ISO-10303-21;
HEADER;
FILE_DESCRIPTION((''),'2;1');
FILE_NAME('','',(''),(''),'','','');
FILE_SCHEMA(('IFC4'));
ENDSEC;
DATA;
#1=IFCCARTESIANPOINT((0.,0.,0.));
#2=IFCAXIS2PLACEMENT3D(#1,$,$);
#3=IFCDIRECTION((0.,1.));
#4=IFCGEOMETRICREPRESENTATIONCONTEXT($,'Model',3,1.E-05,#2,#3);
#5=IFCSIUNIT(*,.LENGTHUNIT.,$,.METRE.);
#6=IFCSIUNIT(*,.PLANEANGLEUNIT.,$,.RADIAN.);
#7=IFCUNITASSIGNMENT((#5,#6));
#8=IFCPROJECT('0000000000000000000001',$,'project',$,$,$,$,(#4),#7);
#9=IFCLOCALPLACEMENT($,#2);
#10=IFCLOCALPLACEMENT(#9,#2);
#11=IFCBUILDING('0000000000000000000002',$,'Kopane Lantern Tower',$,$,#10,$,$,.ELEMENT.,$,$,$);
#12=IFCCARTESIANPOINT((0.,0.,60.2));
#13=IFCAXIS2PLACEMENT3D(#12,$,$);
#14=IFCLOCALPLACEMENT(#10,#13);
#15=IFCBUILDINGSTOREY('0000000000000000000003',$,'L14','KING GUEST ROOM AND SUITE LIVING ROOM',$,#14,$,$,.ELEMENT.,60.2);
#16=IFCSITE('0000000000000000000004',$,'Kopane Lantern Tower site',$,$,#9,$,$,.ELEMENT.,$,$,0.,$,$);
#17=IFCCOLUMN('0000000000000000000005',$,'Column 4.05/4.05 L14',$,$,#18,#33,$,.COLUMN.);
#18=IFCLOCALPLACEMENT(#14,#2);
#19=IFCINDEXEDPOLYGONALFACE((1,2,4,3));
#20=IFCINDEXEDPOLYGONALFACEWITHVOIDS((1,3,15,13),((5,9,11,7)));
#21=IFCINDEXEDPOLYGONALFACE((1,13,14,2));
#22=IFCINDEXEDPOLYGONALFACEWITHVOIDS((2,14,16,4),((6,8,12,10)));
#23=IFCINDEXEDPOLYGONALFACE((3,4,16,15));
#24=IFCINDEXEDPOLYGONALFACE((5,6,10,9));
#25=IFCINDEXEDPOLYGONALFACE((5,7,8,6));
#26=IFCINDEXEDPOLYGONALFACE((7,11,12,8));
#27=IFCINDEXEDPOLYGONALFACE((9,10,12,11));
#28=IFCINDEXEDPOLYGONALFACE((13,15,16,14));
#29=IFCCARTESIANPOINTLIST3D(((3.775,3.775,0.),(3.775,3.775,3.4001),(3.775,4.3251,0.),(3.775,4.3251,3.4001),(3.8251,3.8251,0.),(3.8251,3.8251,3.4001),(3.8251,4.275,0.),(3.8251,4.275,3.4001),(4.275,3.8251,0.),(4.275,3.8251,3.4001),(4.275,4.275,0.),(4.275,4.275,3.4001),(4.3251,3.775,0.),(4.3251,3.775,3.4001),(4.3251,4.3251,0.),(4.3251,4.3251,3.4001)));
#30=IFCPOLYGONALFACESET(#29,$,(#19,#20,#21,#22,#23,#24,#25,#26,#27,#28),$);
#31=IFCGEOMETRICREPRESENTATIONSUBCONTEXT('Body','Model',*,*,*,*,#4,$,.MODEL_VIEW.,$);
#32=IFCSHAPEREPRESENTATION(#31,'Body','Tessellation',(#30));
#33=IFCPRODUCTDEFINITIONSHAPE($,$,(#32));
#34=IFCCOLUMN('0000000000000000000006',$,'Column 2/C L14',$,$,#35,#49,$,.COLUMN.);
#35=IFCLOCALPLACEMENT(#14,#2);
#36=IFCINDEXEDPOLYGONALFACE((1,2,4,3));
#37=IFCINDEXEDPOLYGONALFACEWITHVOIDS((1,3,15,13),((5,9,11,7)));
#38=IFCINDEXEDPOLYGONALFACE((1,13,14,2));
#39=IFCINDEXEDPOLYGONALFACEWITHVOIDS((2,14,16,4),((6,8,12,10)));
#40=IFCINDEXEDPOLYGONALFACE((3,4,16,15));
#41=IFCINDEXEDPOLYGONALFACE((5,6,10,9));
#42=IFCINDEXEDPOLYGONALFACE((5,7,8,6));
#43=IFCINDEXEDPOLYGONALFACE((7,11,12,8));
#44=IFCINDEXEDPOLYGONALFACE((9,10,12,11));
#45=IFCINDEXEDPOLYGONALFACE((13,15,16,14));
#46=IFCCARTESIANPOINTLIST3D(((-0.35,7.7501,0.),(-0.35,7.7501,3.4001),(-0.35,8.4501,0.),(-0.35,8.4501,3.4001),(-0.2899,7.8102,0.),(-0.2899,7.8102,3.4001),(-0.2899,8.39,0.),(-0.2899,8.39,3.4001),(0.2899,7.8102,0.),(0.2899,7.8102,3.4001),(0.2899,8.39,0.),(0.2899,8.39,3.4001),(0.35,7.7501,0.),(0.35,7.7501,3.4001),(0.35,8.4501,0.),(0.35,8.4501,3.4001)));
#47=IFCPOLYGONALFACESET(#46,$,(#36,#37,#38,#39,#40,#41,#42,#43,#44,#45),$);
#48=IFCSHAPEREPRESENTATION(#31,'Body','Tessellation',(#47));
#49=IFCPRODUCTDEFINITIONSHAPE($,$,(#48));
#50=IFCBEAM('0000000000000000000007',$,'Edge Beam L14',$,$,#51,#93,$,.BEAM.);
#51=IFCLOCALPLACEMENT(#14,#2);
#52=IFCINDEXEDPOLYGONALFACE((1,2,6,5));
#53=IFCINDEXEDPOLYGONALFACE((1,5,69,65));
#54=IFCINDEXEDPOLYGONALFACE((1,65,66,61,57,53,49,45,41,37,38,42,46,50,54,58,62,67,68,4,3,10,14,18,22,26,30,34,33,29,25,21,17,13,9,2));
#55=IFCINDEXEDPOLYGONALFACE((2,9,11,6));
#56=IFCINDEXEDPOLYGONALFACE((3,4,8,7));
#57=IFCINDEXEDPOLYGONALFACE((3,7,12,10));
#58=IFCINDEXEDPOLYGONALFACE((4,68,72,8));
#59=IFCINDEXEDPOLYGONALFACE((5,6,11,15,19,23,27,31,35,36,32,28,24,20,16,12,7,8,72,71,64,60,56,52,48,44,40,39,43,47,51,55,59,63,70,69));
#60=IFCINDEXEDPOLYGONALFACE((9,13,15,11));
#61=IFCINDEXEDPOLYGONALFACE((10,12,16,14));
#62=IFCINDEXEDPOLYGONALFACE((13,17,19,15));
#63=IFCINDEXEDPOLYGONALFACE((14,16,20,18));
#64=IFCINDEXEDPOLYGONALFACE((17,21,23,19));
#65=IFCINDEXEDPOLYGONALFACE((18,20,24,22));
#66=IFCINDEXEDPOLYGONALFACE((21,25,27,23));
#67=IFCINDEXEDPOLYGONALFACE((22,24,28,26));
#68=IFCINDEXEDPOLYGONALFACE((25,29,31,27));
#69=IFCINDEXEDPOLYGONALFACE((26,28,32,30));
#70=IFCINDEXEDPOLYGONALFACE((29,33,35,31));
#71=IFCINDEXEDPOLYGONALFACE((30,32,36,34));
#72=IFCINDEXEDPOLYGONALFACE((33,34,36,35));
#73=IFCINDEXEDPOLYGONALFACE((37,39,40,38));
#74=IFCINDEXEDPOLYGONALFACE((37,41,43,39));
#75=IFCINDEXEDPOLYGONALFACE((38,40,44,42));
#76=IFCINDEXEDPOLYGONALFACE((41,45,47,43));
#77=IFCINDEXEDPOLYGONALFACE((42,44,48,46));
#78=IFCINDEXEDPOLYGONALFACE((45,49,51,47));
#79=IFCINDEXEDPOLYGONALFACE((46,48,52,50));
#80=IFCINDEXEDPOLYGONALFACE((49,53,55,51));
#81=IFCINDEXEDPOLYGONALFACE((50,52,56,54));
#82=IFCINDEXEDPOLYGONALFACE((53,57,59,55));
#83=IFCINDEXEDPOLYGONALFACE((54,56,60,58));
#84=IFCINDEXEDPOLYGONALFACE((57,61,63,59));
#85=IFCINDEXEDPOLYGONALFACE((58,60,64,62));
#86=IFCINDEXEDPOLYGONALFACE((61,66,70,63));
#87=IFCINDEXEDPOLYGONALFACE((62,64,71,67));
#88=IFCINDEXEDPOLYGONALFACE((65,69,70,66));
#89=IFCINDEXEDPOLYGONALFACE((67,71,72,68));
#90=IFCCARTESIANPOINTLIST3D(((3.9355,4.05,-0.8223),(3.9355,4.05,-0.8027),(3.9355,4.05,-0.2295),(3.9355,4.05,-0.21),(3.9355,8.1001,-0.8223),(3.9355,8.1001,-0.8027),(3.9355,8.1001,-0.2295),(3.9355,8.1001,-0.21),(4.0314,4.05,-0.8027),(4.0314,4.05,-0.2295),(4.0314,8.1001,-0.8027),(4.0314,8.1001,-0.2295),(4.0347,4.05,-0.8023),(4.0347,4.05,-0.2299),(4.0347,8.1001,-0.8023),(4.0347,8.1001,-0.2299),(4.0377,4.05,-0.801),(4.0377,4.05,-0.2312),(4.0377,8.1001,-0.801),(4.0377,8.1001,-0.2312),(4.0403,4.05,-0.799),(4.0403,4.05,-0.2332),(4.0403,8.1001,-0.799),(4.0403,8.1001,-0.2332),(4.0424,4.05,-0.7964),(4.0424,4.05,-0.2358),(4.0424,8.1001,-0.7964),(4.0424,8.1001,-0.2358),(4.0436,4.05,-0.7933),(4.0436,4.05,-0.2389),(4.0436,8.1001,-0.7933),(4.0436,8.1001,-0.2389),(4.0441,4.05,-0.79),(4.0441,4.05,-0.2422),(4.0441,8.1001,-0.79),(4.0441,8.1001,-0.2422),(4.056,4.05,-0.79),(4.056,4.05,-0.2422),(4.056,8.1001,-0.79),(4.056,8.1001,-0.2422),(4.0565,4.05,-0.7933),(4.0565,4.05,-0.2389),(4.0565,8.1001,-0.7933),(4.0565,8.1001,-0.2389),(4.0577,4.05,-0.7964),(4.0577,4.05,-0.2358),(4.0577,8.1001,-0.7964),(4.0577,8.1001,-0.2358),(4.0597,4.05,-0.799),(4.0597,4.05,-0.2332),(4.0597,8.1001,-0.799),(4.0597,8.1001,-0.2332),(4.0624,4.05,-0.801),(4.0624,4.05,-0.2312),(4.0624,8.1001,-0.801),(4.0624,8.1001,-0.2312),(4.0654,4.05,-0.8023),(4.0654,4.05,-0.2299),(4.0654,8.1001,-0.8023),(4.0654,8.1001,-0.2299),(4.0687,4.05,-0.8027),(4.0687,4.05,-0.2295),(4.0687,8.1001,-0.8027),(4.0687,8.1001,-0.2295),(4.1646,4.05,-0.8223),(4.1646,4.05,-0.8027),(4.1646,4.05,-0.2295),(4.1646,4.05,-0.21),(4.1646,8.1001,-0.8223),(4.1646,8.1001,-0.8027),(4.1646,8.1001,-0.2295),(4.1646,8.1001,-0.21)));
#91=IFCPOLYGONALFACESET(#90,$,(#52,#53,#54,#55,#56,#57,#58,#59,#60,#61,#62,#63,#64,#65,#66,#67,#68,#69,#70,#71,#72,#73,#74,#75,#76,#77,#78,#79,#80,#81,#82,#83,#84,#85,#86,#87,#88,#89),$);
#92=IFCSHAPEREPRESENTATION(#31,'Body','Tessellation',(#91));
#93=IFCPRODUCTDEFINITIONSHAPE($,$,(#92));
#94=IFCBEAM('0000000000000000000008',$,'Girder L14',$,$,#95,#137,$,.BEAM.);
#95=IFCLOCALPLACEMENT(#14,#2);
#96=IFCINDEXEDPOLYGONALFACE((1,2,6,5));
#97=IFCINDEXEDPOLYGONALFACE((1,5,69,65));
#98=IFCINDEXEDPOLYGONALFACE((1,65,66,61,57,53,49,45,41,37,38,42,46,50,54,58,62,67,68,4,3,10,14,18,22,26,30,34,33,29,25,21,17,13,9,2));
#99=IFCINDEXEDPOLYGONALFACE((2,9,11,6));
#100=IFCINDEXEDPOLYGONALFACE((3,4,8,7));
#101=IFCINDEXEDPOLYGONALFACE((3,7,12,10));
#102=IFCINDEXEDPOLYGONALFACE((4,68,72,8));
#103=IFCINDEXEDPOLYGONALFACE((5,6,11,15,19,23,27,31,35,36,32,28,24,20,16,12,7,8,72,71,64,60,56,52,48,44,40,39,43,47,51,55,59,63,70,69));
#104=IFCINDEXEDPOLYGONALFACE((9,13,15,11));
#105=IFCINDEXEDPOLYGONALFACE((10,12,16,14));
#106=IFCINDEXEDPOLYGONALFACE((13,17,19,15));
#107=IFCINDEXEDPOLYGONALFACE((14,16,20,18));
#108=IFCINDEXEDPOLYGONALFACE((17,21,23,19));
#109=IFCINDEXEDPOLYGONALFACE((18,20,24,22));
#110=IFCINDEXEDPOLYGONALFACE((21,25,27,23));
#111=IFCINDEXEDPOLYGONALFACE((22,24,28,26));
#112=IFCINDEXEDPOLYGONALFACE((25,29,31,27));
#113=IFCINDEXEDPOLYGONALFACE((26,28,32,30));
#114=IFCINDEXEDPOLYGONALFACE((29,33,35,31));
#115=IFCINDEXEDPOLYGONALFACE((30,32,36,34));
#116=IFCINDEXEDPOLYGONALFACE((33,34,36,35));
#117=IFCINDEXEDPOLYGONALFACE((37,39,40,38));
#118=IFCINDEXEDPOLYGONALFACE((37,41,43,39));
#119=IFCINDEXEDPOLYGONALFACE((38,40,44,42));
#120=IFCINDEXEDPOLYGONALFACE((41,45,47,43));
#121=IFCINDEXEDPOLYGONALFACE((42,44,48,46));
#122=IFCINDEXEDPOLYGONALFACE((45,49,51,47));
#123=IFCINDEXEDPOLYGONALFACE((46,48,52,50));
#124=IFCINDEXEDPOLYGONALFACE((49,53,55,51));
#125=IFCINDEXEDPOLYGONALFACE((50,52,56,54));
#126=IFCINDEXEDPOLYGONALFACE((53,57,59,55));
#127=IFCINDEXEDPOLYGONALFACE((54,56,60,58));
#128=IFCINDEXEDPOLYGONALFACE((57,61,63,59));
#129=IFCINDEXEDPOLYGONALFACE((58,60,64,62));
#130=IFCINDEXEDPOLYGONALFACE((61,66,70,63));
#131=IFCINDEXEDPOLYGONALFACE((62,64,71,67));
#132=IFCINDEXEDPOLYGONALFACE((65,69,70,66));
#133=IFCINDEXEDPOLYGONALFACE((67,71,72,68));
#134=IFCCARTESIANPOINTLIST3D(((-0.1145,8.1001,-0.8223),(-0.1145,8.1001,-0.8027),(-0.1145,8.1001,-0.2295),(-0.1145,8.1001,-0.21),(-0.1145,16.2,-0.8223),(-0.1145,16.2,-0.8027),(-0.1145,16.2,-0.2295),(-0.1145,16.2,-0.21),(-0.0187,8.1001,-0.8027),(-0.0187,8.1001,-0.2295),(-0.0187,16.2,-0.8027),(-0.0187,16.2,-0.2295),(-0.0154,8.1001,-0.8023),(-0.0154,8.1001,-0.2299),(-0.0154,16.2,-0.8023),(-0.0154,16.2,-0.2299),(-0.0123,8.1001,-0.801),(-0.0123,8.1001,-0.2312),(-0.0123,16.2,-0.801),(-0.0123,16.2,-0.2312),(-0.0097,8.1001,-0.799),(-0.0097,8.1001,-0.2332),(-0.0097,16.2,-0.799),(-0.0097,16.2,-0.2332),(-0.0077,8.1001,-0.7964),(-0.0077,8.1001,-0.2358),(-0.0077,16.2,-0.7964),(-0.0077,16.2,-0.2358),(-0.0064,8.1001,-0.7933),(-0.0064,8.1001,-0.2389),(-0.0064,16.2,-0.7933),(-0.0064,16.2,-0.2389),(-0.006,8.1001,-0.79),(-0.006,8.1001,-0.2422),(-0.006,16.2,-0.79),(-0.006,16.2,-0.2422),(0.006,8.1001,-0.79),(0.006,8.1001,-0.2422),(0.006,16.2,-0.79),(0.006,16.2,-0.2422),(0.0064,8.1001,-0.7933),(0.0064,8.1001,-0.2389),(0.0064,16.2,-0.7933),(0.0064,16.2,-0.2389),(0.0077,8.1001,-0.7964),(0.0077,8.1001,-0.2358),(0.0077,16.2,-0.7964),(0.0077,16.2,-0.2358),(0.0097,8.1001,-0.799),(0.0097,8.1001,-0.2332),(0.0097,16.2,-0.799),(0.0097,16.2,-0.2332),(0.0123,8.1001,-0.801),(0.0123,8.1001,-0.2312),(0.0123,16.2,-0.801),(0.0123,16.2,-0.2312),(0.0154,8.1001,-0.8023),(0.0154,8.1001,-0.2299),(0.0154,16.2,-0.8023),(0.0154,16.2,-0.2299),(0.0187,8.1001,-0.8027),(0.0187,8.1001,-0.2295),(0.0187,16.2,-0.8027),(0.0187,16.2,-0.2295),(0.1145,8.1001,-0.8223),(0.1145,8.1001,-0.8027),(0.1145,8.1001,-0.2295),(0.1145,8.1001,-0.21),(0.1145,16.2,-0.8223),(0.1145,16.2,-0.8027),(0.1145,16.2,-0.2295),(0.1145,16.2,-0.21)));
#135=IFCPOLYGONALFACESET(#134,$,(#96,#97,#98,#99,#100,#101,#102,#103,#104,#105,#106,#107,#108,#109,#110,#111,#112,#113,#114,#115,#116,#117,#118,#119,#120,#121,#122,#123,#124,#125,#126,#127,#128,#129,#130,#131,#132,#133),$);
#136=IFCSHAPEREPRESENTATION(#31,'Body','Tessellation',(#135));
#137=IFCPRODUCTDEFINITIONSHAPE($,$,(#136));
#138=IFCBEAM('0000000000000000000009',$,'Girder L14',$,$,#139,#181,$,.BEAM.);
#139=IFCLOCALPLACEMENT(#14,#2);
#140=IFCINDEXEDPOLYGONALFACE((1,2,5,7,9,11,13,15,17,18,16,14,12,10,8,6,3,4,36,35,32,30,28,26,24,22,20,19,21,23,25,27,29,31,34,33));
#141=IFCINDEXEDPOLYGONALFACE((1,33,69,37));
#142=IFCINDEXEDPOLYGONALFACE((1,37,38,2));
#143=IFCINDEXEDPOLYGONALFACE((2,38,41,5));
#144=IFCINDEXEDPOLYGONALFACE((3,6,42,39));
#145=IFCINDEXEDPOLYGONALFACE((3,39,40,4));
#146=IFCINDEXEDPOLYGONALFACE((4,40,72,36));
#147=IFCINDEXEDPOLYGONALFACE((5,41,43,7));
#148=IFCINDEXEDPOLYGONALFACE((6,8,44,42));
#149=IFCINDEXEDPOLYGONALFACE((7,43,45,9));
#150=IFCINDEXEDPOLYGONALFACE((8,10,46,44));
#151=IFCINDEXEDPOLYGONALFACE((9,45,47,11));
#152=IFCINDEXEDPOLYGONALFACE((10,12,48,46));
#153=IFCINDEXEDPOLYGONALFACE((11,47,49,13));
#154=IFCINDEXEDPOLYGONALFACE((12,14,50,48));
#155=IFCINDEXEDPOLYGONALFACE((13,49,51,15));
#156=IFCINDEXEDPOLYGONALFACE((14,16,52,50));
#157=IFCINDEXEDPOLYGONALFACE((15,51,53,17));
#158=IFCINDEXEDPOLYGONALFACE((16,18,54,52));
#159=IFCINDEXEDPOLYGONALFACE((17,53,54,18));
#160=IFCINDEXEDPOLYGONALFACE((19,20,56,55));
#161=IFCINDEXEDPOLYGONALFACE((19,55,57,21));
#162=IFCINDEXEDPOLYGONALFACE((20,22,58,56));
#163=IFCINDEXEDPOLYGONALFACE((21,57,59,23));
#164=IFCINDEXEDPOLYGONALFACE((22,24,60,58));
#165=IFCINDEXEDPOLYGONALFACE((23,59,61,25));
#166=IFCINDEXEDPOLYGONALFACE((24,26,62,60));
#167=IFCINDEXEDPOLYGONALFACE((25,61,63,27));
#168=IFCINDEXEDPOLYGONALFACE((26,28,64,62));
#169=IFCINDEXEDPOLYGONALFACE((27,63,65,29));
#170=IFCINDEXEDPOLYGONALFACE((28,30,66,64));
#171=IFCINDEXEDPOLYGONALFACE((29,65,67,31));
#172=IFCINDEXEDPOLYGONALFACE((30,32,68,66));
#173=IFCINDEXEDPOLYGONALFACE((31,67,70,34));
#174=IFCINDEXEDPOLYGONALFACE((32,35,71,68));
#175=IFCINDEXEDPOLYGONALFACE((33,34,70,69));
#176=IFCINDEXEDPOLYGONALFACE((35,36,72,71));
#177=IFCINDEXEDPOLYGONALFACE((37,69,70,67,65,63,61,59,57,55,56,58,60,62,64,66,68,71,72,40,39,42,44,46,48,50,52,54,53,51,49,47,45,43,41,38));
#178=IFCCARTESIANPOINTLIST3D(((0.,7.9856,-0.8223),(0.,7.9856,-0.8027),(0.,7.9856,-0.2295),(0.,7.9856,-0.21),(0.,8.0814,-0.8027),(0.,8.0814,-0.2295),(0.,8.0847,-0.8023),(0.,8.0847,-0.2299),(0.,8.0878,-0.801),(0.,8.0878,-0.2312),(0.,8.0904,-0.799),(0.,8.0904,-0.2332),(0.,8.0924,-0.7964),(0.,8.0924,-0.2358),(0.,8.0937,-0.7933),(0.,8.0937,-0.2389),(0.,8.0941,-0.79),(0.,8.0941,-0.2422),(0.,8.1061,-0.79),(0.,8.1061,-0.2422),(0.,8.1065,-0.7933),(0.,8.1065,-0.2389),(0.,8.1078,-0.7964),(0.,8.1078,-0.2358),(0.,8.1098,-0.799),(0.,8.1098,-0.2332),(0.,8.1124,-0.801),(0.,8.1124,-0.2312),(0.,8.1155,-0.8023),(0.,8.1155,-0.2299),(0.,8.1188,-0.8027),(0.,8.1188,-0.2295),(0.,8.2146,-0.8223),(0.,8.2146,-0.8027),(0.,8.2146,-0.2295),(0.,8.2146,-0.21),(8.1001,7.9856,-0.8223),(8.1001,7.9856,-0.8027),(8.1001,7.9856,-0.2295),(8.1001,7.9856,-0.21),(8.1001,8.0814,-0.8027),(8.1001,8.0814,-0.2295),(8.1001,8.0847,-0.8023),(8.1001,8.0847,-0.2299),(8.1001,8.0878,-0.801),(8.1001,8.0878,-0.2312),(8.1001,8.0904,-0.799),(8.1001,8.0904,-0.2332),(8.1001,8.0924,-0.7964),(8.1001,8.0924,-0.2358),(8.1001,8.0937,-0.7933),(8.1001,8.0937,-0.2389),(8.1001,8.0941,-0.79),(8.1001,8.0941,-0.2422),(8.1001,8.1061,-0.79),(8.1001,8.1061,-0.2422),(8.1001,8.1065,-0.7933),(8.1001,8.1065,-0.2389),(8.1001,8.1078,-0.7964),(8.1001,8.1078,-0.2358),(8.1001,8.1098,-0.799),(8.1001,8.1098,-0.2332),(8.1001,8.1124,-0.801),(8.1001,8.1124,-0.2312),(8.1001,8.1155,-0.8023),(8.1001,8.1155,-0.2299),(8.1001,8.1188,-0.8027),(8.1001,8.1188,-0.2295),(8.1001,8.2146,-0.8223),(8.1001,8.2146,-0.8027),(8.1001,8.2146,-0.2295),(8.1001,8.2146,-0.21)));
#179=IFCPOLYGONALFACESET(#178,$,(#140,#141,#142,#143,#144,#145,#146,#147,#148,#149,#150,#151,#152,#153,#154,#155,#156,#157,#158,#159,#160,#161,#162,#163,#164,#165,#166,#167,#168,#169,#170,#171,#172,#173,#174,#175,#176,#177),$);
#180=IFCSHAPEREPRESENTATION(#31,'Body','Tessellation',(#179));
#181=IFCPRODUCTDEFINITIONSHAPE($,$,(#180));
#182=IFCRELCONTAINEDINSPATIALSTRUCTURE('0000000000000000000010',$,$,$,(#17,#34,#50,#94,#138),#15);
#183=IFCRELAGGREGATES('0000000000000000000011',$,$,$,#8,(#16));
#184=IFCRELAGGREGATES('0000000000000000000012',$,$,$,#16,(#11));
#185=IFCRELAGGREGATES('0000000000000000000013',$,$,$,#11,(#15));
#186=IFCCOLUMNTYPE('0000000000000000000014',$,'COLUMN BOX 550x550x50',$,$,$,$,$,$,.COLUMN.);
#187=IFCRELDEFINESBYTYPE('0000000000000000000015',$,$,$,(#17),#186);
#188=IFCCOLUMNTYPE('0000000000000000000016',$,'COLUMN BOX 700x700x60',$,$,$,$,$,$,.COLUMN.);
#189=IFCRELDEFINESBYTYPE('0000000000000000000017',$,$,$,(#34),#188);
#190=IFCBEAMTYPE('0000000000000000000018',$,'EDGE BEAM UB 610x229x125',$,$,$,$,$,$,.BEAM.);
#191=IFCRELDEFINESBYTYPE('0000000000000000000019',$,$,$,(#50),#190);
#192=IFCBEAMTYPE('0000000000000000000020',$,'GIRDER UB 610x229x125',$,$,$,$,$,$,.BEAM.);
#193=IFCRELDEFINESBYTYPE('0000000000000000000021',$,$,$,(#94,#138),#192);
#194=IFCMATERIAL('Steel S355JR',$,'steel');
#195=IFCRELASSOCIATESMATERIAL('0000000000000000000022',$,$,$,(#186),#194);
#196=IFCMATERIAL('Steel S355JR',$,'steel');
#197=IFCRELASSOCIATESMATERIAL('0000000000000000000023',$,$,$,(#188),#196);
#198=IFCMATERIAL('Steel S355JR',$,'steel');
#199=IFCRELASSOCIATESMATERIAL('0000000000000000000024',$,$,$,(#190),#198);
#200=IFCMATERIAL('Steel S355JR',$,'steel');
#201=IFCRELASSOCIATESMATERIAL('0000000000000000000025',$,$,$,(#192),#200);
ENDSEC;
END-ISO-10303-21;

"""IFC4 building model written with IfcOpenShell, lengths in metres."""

from ifc_helpers import new_model, si_unit, direction, frame, origin, origin_2d, place, context, subcontext, project, spatial, hollow_rectangle, i_section, extrude, material, material_profile, profile_set, type_object, element, save


model = new_model("IFC4")

# Units and contexts
model_context = context("Model", 3, precision=1e-05, world=origin(), true_north=direction((0.0, 1.0)))
body_context = subcontext(model_context, "Body", "Model", "MODEL_VIEW")
ifc_project = project(units=[si_unit("LENGTHUNIT", "METRE"), si_unit("PLANEANGLEUNIT", "RADIAN")], contexts=[model_context])

# Site, building, storey
site_placement = place(None, origin())
site = spatial("IfcSite", under=ifc_project, at=site_placement, Name="Kopane Lantern Tower site", CompositionType="ELEMENT", RefElevation=0.0)
building_placement = place(site_placement, origin())
building = spatial("IfcBuilding", under=site, at=building_placement, Name="Kopane Lantern Tower", CompositionType="ELEMENT")
storey_placement = place(building_placement, frame((0.0, 0.0, 60.2)))
storey = spatial("IfcBuildingStorey", under=building, at=storey_placement, Name="L14", Description="KING GUEST ROOM AND SUITE LIVING ROOM", CompositionType="ELEMENT", Elevation=60.2)

# Columns
ifc_material_1 = material(Name="Steel S355JR", Category="steel")
ifc_material_profile_1 = material_profile(ifc_material_1, hollow_rectangle(XDim=0.55, YDim=0.55, WallThickness=0.05, at=origin_2d()), Name="BOX 550x550x50")
ifc_profile_set_1 = profile_set([ifc_material_profile_1], Name="Steel S355JR")
column_type_1 = type_object("IfcColumnType", Name="COLUMN BOX 550x550x50", PredefinedType="COLUMN", material=ifc_profile_set_1)
column_1_placement = place(storey_placement, frame((4.05, 4.05, 0.0), z_axis=(0.0, 0.0, 1.0), x_axis=(1.0, 0.0, 0.0)))
element("IfcColumn", 1, at=column_1_placement, inside=storey, type_object=column_type_1, Name="Column 4.05/4.05 L14", PredefinedType="COLUMN", context=body_context, shape_type="SweptSolid", body=[
    extrude(hollow_rectangle(XDim=0.55, YDim=0.55, WallThickness=0.05, at=origin_2d()), origin(), (0.0, 0.0, 1.0), 3.4001),
])
ifc_material_2 = material(Name="Steel S355JR", Category="steel")
ifc_material_profile_2 = material_profile(ifc_material_2, hollow_rectangle(XDim=0.7, YDim=0.7, WallThickness=0.0601, at=origin_2d()), Name="BOX 700x700x60")
ifc_profile_set_2 = profile_set([ifc_material_profile_2], Name="Steel S355JR")
column_type_2 = type_object("IfcColumnType", Name="COLUMN BOX 700x700x60", PredefinedType="COLUMN", material=ifc_profile_set_2)
column_2_placement = place(storey_placement, frame((0.0, 8.1001, 0.0), z_axis=(0.0, 0.0, 1.0), x_axis=(1.0, 0.0, 0.0)))
element("IfcColumn", 2, at=column_2_placement, inside=storey, type_object=column_type_2, Name="Column 2/C L14", PredefinedType="COLUMN", context=body_context, shape_type="SweptSolid", body=[
    extrude(hollow_rectangle(XDim=0.7, YDim=0.7, WallThickness=0.0601, at=origin_2d()), origin(), (0.0, 0.0, 1.0), 3.4001),
])

# Beams
ifc_material_3 = material(Name="Steel S355JR", Category="steel")
ifc_material_profile_3 = material_profile(ifc_material_3, i_section(OverallWidth=0.229, OverallDepth=0.6123, WebThickness=0.012, FlangeThickness=0.0195, FilletRadius=0.0127, at=origin_2d()), Name="UB 610x229x125")
ifc_profile_set_3 = profile_set([ifc_material_profile_3], Name="Steel S355JR")
beam_type_1 = type_object("IfcBeamType", Name="EDGE BEAM UB 610x229x125", PredefinedType="BEAM", material=ifc_profile_set_3)
beam_1_placement = place(storey_placement, frame((4.05, 4.05, -0.5161), z_axis=(0.0, 1.0, 0.0), x_axis=(-1.0, 0.0, 0.0)))
element("IfcBeam", 3, at=beam_1_placement, inside=storey, type_object=beam_type_1, Name="Edge Beam L14", PredefinedType="BEAM", context=body_context, shape_type="SweptSolid", body=[
    extrude(i_section(OverallWidth=0.229, OverallDepth=0.6123, WebThickness=0.012, FlangeThickness=0.0195, FilletRadius=0.0127, at=origin_2d()), origin(), (0.0, 0.0, 1.0), 4.05),
])
ifc_material_4 = material(Name="Steel S355JR", Category="steel")
ifc_material_profile_4 = material_profile(ifc_material_4, i_section(OverallWidth=0.229, OverallDepth=0.6123, WebThickness=0.012, FlangeThickness=0.0195, FilletRadius=0.0127, at=origin_2d()), Name="UB 610x229x125")
ifc_profile_set_4 = profile_set([ifc_material_profile_4], Name="Steel S355JR")
beam_type_2 = type_object("IfcBeamType", Name="GIRDER UB 610x229x125", PredefinedType="BEAM", material=ifc_profile_set_4)
beam_2_placement = place(storey_placement, frame((0.0, 8.1001, -0.5161), z_axis=(0.0, 1.0, 0.0), x_axis=(-1.0, 0.0, 0.0)))
element("IfcBeam", 4, at=beam_2_placement, inside=storey, type_object=beam_type_2, Name="Girder L14", PredefinedType="BEAM", context=body_context, shape_type="SweptSolid", body=[
    extrude(i_section(OverallWidth=0.229, OverallDepth=0.6123, WebThickness=0.012, FlangeThickness=0.0195, FilletRadius=0.0127, at=origin_2d()), origin(), (0.0, 0.0, 1.0), 8.0999),
])
beam_3_placement = place(storey_placement, frame((0.0, 8.1001, -0.5161), z_axis=(1.0, 0.0, 0.0), x_axis=(0.0, 1.0, 0.0)))
element("IfcBeam", 5, at=beam_3_placement, inside=storey, type_object=beam_type_2, Name="Girder L14", PredefinedType="BEAM", context=body_context, shape_type="SweptSolid", body=[
    extrude(i_section(OverallWidth=0.229, OverallDepth=0.6123, WebThickness=0.012, FlangeThickness=0.0195, FilletRadius=0.0127, at=origin_2d()), origin(), (0.0, 0.0, 1.0), 8.1001),
])

save(model, "model.ifc")
